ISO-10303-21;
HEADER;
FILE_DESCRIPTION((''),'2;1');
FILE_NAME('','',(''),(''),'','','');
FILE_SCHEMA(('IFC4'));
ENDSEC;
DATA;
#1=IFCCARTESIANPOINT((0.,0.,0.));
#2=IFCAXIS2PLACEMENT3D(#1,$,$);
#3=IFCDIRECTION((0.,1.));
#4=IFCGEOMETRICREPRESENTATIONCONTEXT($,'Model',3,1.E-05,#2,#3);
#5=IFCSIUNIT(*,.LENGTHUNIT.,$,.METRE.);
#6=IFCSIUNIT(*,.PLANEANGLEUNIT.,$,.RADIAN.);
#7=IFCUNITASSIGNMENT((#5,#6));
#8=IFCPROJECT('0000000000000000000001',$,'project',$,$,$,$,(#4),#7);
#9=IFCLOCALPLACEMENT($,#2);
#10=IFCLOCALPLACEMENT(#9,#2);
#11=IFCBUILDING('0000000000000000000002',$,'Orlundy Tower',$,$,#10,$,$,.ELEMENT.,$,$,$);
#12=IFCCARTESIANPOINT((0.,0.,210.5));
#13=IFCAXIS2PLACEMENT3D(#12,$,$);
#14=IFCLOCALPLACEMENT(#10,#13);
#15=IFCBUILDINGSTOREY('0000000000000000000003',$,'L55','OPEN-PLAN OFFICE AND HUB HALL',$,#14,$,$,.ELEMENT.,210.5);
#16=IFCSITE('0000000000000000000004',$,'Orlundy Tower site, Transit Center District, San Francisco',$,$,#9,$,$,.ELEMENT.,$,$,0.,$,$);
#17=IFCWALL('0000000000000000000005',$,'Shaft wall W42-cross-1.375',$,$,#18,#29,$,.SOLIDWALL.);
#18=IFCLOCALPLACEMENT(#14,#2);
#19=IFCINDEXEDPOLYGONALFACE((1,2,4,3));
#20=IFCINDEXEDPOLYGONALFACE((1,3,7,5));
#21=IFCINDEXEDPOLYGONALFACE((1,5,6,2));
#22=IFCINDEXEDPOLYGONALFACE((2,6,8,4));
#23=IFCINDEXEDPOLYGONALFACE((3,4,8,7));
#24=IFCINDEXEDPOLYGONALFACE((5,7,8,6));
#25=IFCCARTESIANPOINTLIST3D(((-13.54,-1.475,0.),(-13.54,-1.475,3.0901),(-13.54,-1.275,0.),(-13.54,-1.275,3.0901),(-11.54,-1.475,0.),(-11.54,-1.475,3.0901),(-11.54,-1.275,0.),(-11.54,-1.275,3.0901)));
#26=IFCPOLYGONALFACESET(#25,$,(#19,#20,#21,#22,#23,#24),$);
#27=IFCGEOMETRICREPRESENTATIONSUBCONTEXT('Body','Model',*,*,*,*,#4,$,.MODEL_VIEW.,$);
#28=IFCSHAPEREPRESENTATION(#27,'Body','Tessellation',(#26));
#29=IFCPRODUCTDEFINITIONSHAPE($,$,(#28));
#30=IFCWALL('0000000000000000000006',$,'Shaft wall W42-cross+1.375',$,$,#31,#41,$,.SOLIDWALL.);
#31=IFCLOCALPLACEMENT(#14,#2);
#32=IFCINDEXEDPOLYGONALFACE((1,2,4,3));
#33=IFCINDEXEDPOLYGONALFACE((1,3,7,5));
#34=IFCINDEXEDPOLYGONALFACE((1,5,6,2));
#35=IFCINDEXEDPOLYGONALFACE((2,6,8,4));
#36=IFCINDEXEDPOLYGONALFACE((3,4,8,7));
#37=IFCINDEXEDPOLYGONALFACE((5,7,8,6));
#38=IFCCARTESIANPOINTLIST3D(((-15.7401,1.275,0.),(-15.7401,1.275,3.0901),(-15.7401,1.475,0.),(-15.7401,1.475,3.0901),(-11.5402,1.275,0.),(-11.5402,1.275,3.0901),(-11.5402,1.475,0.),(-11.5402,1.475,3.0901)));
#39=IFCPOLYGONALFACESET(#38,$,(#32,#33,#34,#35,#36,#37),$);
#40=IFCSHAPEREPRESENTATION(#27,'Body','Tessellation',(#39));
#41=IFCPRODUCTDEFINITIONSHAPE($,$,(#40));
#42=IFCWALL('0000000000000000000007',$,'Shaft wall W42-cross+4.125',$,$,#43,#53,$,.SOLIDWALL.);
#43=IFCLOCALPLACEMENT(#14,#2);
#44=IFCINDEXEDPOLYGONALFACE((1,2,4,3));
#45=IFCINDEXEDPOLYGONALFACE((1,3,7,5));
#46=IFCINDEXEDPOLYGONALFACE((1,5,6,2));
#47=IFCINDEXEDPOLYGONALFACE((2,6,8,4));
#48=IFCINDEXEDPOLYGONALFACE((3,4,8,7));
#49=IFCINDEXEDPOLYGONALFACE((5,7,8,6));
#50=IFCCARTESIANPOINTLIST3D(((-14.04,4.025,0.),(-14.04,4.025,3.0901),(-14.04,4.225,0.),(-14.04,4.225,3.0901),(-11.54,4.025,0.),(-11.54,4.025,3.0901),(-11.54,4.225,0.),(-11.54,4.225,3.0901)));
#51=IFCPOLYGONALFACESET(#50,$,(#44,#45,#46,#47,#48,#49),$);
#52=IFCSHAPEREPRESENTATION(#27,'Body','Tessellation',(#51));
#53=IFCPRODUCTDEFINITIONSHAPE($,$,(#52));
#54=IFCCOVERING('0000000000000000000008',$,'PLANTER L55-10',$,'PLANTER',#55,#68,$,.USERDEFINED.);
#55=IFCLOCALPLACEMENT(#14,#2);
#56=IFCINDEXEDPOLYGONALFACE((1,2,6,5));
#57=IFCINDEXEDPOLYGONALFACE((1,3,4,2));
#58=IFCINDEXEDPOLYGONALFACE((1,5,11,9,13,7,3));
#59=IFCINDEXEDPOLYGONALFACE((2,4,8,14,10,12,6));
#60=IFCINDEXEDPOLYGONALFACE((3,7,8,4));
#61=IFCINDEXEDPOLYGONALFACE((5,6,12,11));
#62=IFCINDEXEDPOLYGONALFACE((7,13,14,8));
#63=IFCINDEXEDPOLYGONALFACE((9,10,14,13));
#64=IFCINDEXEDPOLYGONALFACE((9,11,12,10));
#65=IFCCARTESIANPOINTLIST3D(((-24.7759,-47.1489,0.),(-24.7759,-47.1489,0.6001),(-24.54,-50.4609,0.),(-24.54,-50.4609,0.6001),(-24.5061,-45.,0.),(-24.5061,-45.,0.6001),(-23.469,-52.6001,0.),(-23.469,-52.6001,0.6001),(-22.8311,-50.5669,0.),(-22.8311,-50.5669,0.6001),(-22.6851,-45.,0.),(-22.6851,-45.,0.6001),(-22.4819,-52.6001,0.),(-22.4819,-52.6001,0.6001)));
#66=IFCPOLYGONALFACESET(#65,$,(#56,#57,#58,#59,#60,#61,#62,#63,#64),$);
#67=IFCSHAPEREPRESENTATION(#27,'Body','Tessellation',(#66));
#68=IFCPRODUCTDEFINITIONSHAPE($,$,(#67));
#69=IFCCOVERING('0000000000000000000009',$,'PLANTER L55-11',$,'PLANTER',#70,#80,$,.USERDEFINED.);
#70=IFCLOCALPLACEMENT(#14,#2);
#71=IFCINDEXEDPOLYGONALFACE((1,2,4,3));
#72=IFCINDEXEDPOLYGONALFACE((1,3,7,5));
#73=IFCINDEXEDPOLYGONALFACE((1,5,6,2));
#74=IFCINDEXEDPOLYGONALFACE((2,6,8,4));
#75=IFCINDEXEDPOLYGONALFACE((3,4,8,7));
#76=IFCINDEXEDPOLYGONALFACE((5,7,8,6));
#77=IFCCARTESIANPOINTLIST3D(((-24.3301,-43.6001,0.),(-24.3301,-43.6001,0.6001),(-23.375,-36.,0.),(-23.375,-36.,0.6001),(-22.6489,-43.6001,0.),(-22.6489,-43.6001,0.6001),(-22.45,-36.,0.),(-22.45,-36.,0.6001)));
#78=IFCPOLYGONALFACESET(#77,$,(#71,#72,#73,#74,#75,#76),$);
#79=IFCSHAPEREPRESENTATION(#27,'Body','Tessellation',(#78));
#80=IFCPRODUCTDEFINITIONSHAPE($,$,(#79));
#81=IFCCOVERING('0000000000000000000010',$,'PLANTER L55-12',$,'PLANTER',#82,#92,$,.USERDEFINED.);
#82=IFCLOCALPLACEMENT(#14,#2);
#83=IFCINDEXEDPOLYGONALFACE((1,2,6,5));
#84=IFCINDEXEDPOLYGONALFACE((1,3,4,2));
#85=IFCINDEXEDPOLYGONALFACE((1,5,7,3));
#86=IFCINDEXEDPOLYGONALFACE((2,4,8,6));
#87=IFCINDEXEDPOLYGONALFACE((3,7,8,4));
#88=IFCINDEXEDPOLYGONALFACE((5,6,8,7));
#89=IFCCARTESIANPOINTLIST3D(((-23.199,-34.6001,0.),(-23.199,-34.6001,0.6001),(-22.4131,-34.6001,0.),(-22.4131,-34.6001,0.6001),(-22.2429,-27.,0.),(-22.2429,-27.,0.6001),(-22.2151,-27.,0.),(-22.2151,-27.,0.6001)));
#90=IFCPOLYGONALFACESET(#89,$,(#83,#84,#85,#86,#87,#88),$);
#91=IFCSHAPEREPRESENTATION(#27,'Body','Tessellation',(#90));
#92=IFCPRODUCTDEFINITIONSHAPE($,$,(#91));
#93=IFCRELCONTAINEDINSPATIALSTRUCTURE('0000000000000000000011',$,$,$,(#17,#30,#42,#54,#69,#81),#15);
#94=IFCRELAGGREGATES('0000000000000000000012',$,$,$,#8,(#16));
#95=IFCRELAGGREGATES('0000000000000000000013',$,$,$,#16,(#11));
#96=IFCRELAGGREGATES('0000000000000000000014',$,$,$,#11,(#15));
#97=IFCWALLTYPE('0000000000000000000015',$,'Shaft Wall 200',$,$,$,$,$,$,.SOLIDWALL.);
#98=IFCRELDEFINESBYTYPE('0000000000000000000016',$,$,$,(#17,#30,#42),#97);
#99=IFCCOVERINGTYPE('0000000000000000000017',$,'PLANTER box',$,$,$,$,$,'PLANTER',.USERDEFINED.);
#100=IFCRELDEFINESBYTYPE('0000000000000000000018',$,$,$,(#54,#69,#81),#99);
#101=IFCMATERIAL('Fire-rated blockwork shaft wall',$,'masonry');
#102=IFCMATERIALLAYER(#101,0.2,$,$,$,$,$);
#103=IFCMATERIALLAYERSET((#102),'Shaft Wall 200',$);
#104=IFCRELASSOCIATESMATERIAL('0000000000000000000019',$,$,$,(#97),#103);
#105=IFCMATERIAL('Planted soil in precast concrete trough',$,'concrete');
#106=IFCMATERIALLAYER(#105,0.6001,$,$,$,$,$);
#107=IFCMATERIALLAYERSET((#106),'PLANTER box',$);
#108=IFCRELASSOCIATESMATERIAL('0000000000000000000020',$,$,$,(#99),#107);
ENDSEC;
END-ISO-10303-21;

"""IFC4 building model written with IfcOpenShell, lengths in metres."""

from ifc_helpers import new_model, si_unit, direction, frame, frame_2d, origin, place, context, subcontext, project, spatial, polyline, rectangle, outline, extrude, material, layer, layer_set, type_object, element, save


model = new_model("IFC4")

# Units and contexts
model_context = context("Model", 3, precision=1e-05, world=origin(), true_north=direction((0.0, 1.0)))
body_context = subcontext(model_context, "Body", "Model", "MODEL_VIEW")
ifc_project = project(units=[si_unit("LENGTHUNIT", "METRE"), si_unit("PLANEANGLEUNIT", "RADIAN")], contexts=[model_context])

# Site, building, storey
site_placement = place(None, origin())
site = spatial("IfcSite", under=ifc_project, at=site_placement, Name="Orlundy Tower site, Transit Center District, San Francisco", CompositionType="ELEMENT", RefElevation=0.0)
building_placement = place(site_placement, origin())
building = spatial("IfcBuilding", under=site, at=building_placement, Name="Orlundy Tower", CompositionType="ELEMENT")
storey_placement = place(building_placement, frame((0.0, 0.0, 210.5)))
storey = spatial("IfcBuildingStorey", under=building, at=storey_placement, Name="L55", Description="OPEN-PLAN OFFICE AND HUB HALL", CompositionType="ELEMENT", Elevation=210.5)

# Walls
ifc_material_1 = material(Name="Fire-rated blockwork shaft wall", Category="masonry")
ifc_layer_1 = layer(ifc_material_1, 0.2)
ifc_layer_set_1 = layer_set([ifc_layer_1], Name="Shaft Wall 200")
wall_type_1 = type_object("IfcWallType", Name="Shaft Wall 200", PredefinedType="SOLIDWALL", material=ifc_layer_set_1)
wall_1_placement = place(storey_placement, frame((-11.54, -1.375, 0.0), z_axis=(0.0, 0.0, 1.0), x_axis=(-1.0, 0.0, 0.0)))
element("IfcWall", 1, at=wall_1_placement, inside=storey, type_object=wall_type_1, Name="Shaft wall W42-cross-1.375", PredefinedType="SOLIDWALL", context=body_context, shape_type="SweptSolid", body=[
    extrude(rectangle(XDim=2.0, YDim=0.2, at=frame_2d((1.0, 0.0))), origin(), (0.0, 0.0, 1.0), 3.0901),
])
wall_2_placement = place(storey_placement, frame((-11.54, 1.375, 0.0), z_axis=(0.0, 0.0, 1.0), x_axis=(-1.0, 0.0, 0.0)))
element("IfcWall", 2, at=wall_2_placement, inside=storey, type_object=wall_type_1, Name="Shaft wall W42-cross+1.375", PredefinedType="SOLIDWALL", context=body_context, shape_type="SweptSolid", body=[
    extrude(rectangle(XDim=4.2, YDim=0.2, at=frame_2d((2.1001, 0.0))), origin(), (0.0, 0.0, 1.0), 3.0901),
])
wall_3_placement = place(storey_placement, frame((-11.54, 4.125, 0.0), z_axis=(0.0, 0.0, 1.0), x_axis=(-1.0, 0.0, 0.0)))
element("IfcWall", 3, at=wall_3_placement, inside=storey, type_object=wall_type_1, Name="Shaft wall W42-cross+4.125", PredefinedType="SOLIDWALL", context=body_context, shape_type="SweptSolid", body=[
    extrude(rectangle(XDim=2.5, YDim=0.2, at=frame_2d((1.25, 0.0))), origin(), (0.0, 0.0, 1.0), 3.0901),
])

# Coverings
ifc_material_2 = material(Name="Planted soil in precast concrete trough", Category="concrete")
ifc_layer_2 = layer(ifc_material_2, 0.6001)
ifc_layer_set_2 = layer_set([ifc_layer_2], Name="PLANTER box")
covering_type = type_object("IfcCoveringType", Name="PLANTER box", ElementType="PLANTER", PredefinedType="USERDEFINED", material=ifc_layer_set_2)
covering_1_placement = place(storey_placement, origin())
element("IfcCovering", 4, at=covering_1_placement, inside=storey, type_object=covering_type, Name="PLANTER L55-10", ObjectType="PLANTER", PredefinedType="USERDEFINED", context=body_context, shape_type="SweptSolid", body=[
    extrude(outline(polyline([(-24.7759, -47.1489), (-24.5061, -45.0), (-22.6851, -45.0), (-22.8311, -50.5669), (-22.4819, -52.6001), (-23.469, -52.6001), (-24.54, -50.4609), (-24.7759, -47.1489)])), origin(), (0.0, 0.0, 1.0), 0.6001),
])
covering_2_placement = place(storey_placement, origin())
element("IfcCovering", 5, at=covering_2_placement, inside=storey, type_object=covering_type, Name="PLANTER L55-11", ObjectType="PLANTER", PredefinedType="USERDEFINED", context=body_context, shape_type="SweptSolid", body=[
    extrude(outline(polyline([(-23.375, -36.0), (-22.45, -36.0), (-22.6489, -43.6001), (-24.3301, -43.6001), (-23.375, -36.0)])), origin(), (0.0, 0.0, 1.0), 0.6001),
])
covering_3_placement = place(storey_placement, origin())
element("IfcCovering", 6, at=covering_3_placement, inside=storey, type_object=covering_type, Name="PLANTER L55-12", ObjectType="PLANTER", PredefinedType="USERDEFINED", context=body_context, shape_type="SweptSolid", body=[
    extrude(outline(polyline([(-22.2429, -27.0), (-22.2151, -27.0), (-22.4131, -34.6001), (-23.199, -34.6001), (-22.2429, -27.0)])), origin(), (0.0, 0.0, 1.0), 0.6001),
])

save(model, "model.ifc")
